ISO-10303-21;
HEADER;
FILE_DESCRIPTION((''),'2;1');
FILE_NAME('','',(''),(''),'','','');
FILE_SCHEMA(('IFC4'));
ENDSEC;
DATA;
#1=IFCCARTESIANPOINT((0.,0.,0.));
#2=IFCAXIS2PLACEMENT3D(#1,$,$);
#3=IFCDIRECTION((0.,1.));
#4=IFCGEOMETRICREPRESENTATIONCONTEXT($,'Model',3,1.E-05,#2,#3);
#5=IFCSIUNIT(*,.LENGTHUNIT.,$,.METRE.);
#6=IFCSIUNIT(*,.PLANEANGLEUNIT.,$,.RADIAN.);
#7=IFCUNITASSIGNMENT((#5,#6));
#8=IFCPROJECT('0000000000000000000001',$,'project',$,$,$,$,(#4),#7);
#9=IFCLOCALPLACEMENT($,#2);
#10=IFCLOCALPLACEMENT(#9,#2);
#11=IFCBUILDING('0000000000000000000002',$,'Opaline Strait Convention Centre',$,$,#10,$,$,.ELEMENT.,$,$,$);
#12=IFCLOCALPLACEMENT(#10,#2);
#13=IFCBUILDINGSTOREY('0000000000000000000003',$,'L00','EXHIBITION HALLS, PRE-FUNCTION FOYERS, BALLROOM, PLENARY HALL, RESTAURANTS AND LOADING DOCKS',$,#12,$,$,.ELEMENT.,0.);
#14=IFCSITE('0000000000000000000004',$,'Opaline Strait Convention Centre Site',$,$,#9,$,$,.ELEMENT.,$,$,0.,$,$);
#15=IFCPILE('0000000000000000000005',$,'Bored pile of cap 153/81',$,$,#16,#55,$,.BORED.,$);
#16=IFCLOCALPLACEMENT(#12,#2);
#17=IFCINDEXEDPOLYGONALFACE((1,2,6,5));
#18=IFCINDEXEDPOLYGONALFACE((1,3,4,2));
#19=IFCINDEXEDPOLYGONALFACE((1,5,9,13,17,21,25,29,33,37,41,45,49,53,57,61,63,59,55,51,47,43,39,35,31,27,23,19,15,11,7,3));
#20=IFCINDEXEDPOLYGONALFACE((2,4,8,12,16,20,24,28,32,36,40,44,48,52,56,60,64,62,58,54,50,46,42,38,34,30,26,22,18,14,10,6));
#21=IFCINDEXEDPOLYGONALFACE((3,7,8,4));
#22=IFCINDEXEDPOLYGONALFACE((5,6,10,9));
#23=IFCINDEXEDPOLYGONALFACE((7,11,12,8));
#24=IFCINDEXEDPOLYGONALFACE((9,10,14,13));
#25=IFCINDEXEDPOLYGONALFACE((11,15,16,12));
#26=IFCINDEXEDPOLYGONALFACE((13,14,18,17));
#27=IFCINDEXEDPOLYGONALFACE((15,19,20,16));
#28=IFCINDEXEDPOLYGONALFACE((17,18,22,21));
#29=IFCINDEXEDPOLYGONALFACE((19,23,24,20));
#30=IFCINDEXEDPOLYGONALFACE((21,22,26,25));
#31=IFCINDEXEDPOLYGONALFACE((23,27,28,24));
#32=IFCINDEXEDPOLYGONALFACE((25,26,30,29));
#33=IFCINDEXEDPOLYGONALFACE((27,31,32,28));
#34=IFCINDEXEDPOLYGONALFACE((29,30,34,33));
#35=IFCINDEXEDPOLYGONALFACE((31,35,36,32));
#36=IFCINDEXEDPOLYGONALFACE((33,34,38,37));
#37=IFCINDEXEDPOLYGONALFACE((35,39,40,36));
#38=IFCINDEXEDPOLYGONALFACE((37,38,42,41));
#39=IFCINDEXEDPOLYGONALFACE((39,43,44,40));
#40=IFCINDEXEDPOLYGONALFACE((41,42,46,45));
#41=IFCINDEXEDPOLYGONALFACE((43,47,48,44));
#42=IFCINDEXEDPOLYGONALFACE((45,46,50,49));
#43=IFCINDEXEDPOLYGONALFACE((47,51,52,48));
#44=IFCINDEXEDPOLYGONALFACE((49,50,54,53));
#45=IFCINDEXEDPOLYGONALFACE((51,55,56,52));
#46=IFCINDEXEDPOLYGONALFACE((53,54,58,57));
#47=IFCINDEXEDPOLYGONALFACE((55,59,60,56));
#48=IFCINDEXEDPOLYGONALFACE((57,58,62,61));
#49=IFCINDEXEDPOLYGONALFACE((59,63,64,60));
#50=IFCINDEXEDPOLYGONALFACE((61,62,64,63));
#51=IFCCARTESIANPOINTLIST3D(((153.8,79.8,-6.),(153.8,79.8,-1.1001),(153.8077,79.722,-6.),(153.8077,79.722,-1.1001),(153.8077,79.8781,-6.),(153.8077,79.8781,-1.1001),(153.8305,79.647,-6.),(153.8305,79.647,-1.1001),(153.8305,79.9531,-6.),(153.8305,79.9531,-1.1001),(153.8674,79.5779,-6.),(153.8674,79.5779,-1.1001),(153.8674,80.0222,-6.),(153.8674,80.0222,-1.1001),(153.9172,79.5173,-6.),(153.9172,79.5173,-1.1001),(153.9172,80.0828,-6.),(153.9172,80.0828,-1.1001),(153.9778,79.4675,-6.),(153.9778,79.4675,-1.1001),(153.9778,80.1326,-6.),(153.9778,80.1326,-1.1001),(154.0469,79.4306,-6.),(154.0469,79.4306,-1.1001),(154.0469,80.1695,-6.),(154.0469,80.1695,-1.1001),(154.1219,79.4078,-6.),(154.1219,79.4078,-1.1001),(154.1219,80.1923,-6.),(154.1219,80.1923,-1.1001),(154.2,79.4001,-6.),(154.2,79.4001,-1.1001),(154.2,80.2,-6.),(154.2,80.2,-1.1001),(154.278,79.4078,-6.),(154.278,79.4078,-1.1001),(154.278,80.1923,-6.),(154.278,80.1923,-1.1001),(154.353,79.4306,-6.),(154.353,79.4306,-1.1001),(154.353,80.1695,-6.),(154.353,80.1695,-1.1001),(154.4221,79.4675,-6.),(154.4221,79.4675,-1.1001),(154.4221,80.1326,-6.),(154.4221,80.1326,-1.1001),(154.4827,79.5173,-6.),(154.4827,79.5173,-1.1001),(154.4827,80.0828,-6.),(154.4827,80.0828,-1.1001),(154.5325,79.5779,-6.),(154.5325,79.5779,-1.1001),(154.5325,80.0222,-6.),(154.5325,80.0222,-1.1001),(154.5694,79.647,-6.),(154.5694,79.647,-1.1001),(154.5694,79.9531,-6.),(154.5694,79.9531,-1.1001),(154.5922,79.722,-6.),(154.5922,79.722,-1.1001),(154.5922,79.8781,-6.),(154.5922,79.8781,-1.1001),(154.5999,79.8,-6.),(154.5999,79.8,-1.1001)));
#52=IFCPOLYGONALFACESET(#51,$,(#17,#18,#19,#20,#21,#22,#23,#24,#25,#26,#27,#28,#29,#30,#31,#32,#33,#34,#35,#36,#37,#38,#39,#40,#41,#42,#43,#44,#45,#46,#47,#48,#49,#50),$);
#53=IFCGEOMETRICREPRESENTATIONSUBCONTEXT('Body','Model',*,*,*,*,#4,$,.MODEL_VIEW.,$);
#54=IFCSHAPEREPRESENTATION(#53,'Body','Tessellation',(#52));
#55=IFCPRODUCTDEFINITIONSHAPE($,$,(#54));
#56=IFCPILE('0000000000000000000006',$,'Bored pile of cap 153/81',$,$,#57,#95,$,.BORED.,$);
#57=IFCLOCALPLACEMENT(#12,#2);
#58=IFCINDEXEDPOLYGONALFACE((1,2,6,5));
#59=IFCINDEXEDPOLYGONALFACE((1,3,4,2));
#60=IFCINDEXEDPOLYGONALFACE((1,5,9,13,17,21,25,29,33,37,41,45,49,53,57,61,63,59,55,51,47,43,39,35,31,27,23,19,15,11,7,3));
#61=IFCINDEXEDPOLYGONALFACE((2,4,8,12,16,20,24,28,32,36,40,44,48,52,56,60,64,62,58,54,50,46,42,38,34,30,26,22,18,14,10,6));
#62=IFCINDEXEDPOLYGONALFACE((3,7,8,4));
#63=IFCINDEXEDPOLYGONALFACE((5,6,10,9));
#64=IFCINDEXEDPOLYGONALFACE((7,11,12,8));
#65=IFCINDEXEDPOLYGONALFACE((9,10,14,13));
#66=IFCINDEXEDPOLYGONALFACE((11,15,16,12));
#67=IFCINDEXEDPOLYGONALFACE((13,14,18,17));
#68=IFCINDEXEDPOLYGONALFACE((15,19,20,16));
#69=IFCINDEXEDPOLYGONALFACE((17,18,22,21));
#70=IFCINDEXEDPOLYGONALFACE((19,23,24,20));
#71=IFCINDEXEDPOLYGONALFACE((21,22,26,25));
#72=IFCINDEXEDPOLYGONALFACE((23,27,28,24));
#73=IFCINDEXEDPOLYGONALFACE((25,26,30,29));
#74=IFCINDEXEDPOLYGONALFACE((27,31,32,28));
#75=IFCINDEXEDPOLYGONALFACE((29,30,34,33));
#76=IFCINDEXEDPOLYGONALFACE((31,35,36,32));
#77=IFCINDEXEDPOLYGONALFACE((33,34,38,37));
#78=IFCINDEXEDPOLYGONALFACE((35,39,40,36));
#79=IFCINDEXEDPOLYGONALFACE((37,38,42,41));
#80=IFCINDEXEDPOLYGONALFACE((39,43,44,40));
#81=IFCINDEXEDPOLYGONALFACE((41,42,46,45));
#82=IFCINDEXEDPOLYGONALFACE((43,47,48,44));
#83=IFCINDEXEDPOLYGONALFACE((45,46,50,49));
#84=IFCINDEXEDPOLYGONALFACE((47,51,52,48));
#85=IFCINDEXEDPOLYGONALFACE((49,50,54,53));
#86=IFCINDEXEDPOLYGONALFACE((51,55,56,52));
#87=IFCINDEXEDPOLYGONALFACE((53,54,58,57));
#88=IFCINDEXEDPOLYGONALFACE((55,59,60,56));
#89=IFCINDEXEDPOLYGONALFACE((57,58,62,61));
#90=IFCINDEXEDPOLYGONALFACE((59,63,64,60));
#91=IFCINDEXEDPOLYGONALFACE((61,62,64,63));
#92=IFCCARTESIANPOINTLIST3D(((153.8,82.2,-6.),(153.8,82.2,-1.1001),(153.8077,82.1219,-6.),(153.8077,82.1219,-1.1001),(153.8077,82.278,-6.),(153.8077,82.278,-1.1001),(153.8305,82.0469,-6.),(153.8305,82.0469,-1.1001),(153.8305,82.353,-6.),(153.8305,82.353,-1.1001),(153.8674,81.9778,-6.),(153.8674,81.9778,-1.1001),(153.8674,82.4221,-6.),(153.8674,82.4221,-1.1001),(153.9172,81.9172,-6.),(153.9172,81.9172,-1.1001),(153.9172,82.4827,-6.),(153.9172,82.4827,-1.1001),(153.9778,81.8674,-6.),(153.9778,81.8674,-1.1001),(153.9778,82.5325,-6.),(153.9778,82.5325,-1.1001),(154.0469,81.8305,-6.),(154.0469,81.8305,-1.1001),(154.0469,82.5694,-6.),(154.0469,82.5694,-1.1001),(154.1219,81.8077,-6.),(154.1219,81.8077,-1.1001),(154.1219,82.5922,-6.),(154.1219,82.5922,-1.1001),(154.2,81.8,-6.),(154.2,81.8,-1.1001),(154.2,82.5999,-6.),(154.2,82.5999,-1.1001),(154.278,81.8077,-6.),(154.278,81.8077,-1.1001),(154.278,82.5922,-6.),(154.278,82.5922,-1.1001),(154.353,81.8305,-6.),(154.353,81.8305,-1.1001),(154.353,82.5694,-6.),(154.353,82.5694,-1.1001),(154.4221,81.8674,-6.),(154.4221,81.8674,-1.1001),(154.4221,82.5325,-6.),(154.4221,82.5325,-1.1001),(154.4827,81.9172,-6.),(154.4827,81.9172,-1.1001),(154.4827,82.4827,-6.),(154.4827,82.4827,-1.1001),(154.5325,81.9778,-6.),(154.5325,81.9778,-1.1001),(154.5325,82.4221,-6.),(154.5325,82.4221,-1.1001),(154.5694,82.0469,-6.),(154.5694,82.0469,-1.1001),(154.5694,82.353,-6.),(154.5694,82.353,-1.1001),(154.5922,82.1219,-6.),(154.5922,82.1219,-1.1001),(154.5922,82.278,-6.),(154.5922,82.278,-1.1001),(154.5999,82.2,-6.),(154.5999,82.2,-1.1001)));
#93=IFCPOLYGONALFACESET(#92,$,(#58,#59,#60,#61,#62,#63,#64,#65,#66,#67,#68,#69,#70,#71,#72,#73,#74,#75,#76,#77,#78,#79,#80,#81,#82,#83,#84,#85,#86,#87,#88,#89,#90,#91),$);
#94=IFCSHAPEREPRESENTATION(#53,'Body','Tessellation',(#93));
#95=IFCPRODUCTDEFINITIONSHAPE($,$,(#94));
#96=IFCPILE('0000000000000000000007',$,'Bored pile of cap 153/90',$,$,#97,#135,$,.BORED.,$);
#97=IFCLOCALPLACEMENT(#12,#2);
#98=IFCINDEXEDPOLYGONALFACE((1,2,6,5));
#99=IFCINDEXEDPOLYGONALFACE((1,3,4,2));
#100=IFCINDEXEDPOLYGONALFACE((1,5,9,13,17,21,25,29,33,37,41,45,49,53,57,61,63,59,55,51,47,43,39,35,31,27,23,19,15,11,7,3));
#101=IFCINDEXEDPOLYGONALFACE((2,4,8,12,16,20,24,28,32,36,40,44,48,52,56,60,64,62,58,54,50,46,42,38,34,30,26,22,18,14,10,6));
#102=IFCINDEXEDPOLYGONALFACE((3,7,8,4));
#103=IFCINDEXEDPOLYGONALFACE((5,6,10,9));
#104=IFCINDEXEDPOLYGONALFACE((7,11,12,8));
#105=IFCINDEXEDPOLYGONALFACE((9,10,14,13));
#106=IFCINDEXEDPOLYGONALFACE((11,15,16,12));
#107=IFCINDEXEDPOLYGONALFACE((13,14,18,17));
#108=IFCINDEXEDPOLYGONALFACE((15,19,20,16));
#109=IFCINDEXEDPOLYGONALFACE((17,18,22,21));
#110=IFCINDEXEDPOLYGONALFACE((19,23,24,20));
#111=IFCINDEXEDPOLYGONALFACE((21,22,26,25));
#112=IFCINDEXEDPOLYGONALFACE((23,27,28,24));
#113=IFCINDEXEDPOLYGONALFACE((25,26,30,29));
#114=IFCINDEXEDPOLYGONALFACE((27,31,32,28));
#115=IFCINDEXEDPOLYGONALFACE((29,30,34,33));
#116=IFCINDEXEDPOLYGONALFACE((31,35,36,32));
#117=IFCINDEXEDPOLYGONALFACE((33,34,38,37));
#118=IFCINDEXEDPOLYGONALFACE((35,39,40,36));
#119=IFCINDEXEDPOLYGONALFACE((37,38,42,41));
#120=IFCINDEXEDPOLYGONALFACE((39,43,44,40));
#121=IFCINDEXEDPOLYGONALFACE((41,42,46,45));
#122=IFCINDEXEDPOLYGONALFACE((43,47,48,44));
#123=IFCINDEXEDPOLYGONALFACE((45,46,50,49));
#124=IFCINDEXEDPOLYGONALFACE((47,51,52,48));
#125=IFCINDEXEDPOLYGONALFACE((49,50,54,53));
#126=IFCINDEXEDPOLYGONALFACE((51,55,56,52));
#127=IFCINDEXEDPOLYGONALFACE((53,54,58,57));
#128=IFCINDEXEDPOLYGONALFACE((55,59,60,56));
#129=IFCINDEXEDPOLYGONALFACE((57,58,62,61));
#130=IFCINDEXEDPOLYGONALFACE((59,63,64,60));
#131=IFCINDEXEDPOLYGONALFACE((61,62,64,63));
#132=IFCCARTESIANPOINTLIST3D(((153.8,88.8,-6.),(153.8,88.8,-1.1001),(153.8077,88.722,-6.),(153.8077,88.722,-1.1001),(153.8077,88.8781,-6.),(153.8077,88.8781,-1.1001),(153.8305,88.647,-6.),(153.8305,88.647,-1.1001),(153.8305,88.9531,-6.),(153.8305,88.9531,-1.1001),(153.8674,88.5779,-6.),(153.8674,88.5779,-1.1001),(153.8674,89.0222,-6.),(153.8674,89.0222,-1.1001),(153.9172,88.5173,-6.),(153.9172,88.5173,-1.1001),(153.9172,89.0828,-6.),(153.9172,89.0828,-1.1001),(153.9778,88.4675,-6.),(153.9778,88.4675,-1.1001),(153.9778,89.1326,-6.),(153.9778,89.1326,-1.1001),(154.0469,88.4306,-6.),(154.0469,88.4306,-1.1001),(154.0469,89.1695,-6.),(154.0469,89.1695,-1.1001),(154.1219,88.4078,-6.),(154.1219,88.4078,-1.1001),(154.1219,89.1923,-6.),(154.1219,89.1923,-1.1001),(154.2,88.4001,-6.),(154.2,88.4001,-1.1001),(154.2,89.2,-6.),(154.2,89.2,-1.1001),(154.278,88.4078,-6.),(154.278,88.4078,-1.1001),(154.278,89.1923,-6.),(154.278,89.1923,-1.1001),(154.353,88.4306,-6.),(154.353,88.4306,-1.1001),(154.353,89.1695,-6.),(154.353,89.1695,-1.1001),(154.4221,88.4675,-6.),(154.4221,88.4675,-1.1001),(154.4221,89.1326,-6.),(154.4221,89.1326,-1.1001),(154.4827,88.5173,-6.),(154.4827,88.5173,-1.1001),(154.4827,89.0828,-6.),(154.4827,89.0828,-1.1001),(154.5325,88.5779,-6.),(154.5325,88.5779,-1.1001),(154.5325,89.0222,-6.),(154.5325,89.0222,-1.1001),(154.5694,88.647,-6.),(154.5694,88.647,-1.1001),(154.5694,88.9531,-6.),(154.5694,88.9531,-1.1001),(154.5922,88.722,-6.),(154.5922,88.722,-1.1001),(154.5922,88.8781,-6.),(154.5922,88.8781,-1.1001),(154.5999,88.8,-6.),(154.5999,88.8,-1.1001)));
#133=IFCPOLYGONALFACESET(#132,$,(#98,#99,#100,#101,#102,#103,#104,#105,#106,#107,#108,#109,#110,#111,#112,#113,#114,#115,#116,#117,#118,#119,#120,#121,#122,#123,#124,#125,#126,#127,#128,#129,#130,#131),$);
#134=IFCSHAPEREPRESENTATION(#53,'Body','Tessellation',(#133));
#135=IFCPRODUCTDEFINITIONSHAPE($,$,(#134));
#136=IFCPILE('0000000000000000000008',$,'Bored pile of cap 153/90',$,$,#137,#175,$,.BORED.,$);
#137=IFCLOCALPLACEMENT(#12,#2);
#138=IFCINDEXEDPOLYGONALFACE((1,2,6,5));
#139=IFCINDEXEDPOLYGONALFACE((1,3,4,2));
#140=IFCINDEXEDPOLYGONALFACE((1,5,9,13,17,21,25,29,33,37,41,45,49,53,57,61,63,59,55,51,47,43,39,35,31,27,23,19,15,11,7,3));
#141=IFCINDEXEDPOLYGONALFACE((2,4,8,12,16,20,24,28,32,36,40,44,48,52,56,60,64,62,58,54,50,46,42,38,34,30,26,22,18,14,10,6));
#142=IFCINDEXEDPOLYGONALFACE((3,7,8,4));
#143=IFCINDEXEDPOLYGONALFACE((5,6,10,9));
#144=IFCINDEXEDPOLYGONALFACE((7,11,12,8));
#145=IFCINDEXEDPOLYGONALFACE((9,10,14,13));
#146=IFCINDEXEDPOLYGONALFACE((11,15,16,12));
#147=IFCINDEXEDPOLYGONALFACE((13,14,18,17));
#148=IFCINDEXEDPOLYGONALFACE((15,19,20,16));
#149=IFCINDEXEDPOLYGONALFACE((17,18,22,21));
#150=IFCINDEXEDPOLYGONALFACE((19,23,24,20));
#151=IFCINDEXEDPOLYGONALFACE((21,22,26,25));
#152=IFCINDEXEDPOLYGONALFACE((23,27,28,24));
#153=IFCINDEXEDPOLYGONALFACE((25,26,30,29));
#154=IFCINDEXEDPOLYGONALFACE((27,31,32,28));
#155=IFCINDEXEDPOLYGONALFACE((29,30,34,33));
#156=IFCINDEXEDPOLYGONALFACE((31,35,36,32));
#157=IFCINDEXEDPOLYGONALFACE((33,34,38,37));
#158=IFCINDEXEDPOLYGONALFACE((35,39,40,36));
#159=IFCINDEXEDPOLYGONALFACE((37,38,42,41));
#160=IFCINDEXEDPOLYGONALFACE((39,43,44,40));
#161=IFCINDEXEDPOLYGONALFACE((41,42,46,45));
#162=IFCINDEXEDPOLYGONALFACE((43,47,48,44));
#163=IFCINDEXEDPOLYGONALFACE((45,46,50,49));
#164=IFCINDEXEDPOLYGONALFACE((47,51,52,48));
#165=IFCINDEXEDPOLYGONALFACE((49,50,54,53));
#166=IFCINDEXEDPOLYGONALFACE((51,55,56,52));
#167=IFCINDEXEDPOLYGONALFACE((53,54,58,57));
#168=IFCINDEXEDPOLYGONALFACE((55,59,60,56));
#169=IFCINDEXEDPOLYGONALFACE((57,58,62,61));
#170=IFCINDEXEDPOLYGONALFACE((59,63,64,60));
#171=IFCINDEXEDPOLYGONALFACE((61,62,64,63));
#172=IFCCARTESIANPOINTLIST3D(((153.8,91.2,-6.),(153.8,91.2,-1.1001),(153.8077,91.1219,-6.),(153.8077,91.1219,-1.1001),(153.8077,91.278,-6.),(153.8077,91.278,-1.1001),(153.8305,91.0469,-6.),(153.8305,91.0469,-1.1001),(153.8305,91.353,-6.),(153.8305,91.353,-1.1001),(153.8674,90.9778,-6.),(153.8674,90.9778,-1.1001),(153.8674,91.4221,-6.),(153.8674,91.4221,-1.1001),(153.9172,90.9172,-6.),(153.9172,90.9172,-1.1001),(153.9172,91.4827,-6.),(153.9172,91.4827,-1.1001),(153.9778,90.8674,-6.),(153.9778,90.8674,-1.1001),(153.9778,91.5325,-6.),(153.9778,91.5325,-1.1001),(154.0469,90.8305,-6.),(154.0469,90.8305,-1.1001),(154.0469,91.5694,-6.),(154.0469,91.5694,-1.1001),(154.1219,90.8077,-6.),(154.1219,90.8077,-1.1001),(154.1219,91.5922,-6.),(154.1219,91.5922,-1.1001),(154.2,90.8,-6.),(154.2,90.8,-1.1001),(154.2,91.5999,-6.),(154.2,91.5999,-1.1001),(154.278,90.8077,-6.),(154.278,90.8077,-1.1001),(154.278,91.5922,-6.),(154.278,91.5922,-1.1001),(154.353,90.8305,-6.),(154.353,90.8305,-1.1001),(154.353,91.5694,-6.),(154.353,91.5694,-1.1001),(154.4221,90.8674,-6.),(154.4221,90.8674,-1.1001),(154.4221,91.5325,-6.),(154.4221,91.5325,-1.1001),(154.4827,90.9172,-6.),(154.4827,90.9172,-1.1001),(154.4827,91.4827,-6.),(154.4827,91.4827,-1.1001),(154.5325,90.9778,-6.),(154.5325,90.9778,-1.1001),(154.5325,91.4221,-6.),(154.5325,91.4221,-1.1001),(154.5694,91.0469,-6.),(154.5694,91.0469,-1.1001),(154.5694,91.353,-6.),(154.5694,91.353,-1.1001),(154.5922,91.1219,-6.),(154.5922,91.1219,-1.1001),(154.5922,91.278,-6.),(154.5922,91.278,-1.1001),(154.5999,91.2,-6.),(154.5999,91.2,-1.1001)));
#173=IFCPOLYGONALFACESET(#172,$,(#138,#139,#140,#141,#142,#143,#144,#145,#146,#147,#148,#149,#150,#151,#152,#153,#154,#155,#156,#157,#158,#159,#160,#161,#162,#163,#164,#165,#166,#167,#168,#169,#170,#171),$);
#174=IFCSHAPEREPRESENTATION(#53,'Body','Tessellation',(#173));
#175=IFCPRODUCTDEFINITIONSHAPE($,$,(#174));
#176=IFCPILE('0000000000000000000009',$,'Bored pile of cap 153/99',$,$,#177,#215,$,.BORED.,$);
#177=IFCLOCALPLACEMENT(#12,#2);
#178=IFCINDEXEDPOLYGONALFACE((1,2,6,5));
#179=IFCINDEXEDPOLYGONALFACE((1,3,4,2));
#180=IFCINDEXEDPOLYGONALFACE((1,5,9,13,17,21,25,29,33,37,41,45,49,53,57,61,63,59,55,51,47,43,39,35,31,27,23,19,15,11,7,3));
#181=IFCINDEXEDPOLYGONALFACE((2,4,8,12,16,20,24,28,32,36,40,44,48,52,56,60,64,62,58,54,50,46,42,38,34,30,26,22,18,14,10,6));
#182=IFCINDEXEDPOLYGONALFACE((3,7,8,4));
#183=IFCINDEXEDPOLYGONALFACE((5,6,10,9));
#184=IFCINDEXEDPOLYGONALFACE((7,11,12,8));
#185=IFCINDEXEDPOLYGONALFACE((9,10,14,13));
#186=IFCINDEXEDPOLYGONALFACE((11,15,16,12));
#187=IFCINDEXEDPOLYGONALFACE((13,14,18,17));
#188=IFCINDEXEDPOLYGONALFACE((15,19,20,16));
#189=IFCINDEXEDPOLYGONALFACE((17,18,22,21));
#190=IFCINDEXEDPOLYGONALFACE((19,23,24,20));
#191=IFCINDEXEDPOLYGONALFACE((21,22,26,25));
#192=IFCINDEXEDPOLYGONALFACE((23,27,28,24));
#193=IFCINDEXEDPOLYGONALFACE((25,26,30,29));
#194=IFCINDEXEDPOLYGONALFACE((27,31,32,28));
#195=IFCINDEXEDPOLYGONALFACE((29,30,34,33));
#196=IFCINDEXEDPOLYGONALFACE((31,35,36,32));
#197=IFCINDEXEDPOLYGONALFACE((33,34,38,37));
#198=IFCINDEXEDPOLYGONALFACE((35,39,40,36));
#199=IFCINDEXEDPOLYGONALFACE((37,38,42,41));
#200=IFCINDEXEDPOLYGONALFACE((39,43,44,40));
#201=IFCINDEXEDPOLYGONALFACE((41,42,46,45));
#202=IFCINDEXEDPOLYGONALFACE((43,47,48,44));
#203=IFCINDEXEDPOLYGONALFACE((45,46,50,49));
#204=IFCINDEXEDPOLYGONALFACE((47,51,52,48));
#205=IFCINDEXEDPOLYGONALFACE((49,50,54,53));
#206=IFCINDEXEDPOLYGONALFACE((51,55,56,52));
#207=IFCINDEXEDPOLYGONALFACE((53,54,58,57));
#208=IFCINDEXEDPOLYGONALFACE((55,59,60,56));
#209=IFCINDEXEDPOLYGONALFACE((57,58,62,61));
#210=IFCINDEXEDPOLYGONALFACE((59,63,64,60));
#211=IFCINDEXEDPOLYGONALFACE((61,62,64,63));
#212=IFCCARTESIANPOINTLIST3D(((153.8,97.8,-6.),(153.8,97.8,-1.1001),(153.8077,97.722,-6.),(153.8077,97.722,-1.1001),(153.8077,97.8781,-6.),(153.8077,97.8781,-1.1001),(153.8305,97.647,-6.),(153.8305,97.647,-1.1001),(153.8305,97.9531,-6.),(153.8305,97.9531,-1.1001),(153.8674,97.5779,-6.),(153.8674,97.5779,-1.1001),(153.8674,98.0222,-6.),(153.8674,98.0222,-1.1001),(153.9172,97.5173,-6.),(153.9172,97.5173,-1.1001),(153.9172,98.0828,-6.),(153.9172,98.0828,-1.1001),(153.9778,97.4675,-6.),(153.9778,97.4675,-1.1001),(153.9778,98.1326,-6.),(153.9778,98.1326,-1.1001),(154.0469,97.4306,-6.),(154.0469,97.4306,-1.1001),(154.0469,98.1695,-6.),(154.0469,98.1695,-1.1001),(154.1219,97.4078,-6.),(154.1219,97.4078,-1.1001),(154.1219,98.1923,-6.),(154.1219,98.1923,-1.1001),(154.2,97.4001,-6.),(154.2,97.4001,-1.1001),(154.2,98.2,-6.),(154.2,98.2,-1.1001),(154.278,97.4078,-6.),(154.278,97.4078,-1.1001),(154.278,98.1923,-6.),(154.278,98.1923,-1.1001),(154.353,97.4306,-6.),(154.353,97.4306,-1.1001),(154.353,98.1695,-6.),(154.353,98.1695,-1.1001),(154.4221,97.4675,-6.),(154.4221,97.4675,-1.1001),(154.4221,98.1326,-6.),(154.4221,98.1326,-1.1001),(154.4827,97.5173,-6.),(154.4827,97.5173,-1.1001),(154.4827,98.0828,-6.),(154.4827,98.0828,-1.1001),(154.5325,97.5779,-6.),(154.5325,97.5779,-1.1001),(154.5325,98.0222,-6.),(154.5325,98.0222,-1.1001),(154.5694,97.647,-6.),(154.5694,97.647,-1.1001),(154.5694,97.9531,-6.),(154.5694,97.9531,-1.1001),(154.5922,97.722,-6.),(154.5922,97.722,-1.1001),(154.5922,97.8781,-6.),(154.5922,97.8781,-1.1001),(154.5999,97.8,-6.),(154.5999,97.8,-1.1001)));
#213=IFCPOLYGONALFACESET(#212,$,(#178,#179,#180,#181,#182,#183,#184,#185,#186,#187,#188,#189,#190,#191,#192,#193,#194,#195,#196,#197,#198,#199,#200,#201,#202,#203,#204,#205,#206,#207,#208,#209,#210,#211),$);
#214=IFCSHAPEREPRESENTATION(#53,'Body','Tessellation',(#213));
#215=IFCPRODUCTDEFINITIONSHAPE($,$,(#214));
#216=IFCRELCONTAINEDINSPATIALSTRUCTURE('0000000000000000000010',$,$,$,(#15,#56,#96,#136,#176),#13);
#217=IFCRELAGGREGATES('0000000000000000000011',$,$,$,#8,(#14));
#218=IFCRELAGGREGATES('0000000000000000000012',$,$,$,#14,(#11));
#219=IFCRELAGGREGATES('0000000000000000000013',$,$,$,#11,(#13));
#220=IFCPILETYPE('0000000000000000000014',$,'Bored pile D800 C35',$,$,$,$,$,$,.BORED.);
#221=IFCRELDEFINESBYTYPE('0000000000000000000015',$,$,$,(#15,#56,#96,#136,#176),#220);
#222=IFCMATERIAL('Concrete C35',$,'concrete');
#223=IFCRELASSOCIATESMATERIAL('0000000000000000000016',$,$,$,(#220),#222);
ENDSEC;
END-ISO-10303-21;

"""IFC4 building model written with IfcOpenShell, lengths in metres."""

from ifc_helpers import new_model, si_unit, direction, frame, origin, origin_2d, place, context, subcontext, project, spatial, circle, extrude, material, material_profile, profile_set, type_object, element, save


model = new_model("IFC4")

# Units and contexts
model_context = context("Model", 3, precision=1e-05, world=origin(), true_north=direction((0.0, 1.0)))
body_context = subcontext(model_context, "Body", "Model", "MODEL_VIEW")
ifc_project = project(units=[si_unit("LENGTHUNIT", "METRE"), si_unit("PLANEANGLEUNIT", "RADIAN")], contexts=[model_context])

# Site, building, storey
site_placement = place(None, origin())
site = spatial("IfcSite", under=ifc_project, at=site_placement, Name="Opaline Strait Convention Centre Site", CompositionType="ELEMENT", RefElevation=0.0)
building_placement = place(site_placement, origin())
building = spatial("IfcBuilding", under=site, at=building_placement, Name="Opaline Strait Convention Centre", CompositionType="ELEMENT")
storey_placement = place(building_placement, origin())
storey = spatial("IfcBuildingStorey", under=building, at=storey_placement, Name="L00", Description="EXHIBITION HALLS, PRE-FUNCTION FOYERS, BALLROOM, PLENARY HALL, RESTAURANTS AND LOADING DOCKS", CompositionType="ELEMENT", Elevation=0.0)

# Piles
ifc_material_1 = material(Name="Concrete C35", Category="concrete")
ifc_material_profile_1 = material_profile(ifc_material_1, circle(Radius=0.3999, at=origin_2d()), Name="D800")
ifc_profile_set_1 = profile_set([ifc_material_profile_1], Name="Concrete C35")
pile_type = type_object("IfcPileType", Name="Bored pile D800 C35", PredefinedType="BORED", material=ifc_profile_set_1)
for number, where, z_axis, x_axis, name in (
    (1, (154.2, 79.8, -1.1001), (0.0, 0.0, -1.0), (1.0, 0.0, 0.0), "Bored pile of cap 153/81"),
    (2, (154.2, 82.2, -1.1001), (0.0, 0.0, -1.0), (1.0, 0.0, 0.0), "Bored pile of cap 153/81"),
    (3, (154.2, 88.8, -1.1001), (0.0, 0.0, -1.0), (1.0, 0.0, 0.0), "Bored pile of cap 153/90"),
    (4, (154.2, 91.2, -1.1001), (0.0, 0.0, -1.0), (1.0, 0.0, 0.0), "Bored pile of cap 153/90"),
    (5, (154.2, 97.8, -1.1001), (0.0, 0.0, -1.0), (1.0, 0.0, 0.0), "Bored pile of cap 153/99"),
):
    element("IfcPile", number, at=place(storey_placement, frame(where, z_axis=z_axis, x_axis=x_axis)), inside=storey, type_object=pile_type, Name=name, PredefinedType="BORED", context=body_context, shape_type="SweptSolid", body=[
        extrude(circle(Radius=0.3999, at=origin_2d()), origin(), (0.0, 0.0, 1.0), 4.8999),
    ])

save(model, "model.ifc")
